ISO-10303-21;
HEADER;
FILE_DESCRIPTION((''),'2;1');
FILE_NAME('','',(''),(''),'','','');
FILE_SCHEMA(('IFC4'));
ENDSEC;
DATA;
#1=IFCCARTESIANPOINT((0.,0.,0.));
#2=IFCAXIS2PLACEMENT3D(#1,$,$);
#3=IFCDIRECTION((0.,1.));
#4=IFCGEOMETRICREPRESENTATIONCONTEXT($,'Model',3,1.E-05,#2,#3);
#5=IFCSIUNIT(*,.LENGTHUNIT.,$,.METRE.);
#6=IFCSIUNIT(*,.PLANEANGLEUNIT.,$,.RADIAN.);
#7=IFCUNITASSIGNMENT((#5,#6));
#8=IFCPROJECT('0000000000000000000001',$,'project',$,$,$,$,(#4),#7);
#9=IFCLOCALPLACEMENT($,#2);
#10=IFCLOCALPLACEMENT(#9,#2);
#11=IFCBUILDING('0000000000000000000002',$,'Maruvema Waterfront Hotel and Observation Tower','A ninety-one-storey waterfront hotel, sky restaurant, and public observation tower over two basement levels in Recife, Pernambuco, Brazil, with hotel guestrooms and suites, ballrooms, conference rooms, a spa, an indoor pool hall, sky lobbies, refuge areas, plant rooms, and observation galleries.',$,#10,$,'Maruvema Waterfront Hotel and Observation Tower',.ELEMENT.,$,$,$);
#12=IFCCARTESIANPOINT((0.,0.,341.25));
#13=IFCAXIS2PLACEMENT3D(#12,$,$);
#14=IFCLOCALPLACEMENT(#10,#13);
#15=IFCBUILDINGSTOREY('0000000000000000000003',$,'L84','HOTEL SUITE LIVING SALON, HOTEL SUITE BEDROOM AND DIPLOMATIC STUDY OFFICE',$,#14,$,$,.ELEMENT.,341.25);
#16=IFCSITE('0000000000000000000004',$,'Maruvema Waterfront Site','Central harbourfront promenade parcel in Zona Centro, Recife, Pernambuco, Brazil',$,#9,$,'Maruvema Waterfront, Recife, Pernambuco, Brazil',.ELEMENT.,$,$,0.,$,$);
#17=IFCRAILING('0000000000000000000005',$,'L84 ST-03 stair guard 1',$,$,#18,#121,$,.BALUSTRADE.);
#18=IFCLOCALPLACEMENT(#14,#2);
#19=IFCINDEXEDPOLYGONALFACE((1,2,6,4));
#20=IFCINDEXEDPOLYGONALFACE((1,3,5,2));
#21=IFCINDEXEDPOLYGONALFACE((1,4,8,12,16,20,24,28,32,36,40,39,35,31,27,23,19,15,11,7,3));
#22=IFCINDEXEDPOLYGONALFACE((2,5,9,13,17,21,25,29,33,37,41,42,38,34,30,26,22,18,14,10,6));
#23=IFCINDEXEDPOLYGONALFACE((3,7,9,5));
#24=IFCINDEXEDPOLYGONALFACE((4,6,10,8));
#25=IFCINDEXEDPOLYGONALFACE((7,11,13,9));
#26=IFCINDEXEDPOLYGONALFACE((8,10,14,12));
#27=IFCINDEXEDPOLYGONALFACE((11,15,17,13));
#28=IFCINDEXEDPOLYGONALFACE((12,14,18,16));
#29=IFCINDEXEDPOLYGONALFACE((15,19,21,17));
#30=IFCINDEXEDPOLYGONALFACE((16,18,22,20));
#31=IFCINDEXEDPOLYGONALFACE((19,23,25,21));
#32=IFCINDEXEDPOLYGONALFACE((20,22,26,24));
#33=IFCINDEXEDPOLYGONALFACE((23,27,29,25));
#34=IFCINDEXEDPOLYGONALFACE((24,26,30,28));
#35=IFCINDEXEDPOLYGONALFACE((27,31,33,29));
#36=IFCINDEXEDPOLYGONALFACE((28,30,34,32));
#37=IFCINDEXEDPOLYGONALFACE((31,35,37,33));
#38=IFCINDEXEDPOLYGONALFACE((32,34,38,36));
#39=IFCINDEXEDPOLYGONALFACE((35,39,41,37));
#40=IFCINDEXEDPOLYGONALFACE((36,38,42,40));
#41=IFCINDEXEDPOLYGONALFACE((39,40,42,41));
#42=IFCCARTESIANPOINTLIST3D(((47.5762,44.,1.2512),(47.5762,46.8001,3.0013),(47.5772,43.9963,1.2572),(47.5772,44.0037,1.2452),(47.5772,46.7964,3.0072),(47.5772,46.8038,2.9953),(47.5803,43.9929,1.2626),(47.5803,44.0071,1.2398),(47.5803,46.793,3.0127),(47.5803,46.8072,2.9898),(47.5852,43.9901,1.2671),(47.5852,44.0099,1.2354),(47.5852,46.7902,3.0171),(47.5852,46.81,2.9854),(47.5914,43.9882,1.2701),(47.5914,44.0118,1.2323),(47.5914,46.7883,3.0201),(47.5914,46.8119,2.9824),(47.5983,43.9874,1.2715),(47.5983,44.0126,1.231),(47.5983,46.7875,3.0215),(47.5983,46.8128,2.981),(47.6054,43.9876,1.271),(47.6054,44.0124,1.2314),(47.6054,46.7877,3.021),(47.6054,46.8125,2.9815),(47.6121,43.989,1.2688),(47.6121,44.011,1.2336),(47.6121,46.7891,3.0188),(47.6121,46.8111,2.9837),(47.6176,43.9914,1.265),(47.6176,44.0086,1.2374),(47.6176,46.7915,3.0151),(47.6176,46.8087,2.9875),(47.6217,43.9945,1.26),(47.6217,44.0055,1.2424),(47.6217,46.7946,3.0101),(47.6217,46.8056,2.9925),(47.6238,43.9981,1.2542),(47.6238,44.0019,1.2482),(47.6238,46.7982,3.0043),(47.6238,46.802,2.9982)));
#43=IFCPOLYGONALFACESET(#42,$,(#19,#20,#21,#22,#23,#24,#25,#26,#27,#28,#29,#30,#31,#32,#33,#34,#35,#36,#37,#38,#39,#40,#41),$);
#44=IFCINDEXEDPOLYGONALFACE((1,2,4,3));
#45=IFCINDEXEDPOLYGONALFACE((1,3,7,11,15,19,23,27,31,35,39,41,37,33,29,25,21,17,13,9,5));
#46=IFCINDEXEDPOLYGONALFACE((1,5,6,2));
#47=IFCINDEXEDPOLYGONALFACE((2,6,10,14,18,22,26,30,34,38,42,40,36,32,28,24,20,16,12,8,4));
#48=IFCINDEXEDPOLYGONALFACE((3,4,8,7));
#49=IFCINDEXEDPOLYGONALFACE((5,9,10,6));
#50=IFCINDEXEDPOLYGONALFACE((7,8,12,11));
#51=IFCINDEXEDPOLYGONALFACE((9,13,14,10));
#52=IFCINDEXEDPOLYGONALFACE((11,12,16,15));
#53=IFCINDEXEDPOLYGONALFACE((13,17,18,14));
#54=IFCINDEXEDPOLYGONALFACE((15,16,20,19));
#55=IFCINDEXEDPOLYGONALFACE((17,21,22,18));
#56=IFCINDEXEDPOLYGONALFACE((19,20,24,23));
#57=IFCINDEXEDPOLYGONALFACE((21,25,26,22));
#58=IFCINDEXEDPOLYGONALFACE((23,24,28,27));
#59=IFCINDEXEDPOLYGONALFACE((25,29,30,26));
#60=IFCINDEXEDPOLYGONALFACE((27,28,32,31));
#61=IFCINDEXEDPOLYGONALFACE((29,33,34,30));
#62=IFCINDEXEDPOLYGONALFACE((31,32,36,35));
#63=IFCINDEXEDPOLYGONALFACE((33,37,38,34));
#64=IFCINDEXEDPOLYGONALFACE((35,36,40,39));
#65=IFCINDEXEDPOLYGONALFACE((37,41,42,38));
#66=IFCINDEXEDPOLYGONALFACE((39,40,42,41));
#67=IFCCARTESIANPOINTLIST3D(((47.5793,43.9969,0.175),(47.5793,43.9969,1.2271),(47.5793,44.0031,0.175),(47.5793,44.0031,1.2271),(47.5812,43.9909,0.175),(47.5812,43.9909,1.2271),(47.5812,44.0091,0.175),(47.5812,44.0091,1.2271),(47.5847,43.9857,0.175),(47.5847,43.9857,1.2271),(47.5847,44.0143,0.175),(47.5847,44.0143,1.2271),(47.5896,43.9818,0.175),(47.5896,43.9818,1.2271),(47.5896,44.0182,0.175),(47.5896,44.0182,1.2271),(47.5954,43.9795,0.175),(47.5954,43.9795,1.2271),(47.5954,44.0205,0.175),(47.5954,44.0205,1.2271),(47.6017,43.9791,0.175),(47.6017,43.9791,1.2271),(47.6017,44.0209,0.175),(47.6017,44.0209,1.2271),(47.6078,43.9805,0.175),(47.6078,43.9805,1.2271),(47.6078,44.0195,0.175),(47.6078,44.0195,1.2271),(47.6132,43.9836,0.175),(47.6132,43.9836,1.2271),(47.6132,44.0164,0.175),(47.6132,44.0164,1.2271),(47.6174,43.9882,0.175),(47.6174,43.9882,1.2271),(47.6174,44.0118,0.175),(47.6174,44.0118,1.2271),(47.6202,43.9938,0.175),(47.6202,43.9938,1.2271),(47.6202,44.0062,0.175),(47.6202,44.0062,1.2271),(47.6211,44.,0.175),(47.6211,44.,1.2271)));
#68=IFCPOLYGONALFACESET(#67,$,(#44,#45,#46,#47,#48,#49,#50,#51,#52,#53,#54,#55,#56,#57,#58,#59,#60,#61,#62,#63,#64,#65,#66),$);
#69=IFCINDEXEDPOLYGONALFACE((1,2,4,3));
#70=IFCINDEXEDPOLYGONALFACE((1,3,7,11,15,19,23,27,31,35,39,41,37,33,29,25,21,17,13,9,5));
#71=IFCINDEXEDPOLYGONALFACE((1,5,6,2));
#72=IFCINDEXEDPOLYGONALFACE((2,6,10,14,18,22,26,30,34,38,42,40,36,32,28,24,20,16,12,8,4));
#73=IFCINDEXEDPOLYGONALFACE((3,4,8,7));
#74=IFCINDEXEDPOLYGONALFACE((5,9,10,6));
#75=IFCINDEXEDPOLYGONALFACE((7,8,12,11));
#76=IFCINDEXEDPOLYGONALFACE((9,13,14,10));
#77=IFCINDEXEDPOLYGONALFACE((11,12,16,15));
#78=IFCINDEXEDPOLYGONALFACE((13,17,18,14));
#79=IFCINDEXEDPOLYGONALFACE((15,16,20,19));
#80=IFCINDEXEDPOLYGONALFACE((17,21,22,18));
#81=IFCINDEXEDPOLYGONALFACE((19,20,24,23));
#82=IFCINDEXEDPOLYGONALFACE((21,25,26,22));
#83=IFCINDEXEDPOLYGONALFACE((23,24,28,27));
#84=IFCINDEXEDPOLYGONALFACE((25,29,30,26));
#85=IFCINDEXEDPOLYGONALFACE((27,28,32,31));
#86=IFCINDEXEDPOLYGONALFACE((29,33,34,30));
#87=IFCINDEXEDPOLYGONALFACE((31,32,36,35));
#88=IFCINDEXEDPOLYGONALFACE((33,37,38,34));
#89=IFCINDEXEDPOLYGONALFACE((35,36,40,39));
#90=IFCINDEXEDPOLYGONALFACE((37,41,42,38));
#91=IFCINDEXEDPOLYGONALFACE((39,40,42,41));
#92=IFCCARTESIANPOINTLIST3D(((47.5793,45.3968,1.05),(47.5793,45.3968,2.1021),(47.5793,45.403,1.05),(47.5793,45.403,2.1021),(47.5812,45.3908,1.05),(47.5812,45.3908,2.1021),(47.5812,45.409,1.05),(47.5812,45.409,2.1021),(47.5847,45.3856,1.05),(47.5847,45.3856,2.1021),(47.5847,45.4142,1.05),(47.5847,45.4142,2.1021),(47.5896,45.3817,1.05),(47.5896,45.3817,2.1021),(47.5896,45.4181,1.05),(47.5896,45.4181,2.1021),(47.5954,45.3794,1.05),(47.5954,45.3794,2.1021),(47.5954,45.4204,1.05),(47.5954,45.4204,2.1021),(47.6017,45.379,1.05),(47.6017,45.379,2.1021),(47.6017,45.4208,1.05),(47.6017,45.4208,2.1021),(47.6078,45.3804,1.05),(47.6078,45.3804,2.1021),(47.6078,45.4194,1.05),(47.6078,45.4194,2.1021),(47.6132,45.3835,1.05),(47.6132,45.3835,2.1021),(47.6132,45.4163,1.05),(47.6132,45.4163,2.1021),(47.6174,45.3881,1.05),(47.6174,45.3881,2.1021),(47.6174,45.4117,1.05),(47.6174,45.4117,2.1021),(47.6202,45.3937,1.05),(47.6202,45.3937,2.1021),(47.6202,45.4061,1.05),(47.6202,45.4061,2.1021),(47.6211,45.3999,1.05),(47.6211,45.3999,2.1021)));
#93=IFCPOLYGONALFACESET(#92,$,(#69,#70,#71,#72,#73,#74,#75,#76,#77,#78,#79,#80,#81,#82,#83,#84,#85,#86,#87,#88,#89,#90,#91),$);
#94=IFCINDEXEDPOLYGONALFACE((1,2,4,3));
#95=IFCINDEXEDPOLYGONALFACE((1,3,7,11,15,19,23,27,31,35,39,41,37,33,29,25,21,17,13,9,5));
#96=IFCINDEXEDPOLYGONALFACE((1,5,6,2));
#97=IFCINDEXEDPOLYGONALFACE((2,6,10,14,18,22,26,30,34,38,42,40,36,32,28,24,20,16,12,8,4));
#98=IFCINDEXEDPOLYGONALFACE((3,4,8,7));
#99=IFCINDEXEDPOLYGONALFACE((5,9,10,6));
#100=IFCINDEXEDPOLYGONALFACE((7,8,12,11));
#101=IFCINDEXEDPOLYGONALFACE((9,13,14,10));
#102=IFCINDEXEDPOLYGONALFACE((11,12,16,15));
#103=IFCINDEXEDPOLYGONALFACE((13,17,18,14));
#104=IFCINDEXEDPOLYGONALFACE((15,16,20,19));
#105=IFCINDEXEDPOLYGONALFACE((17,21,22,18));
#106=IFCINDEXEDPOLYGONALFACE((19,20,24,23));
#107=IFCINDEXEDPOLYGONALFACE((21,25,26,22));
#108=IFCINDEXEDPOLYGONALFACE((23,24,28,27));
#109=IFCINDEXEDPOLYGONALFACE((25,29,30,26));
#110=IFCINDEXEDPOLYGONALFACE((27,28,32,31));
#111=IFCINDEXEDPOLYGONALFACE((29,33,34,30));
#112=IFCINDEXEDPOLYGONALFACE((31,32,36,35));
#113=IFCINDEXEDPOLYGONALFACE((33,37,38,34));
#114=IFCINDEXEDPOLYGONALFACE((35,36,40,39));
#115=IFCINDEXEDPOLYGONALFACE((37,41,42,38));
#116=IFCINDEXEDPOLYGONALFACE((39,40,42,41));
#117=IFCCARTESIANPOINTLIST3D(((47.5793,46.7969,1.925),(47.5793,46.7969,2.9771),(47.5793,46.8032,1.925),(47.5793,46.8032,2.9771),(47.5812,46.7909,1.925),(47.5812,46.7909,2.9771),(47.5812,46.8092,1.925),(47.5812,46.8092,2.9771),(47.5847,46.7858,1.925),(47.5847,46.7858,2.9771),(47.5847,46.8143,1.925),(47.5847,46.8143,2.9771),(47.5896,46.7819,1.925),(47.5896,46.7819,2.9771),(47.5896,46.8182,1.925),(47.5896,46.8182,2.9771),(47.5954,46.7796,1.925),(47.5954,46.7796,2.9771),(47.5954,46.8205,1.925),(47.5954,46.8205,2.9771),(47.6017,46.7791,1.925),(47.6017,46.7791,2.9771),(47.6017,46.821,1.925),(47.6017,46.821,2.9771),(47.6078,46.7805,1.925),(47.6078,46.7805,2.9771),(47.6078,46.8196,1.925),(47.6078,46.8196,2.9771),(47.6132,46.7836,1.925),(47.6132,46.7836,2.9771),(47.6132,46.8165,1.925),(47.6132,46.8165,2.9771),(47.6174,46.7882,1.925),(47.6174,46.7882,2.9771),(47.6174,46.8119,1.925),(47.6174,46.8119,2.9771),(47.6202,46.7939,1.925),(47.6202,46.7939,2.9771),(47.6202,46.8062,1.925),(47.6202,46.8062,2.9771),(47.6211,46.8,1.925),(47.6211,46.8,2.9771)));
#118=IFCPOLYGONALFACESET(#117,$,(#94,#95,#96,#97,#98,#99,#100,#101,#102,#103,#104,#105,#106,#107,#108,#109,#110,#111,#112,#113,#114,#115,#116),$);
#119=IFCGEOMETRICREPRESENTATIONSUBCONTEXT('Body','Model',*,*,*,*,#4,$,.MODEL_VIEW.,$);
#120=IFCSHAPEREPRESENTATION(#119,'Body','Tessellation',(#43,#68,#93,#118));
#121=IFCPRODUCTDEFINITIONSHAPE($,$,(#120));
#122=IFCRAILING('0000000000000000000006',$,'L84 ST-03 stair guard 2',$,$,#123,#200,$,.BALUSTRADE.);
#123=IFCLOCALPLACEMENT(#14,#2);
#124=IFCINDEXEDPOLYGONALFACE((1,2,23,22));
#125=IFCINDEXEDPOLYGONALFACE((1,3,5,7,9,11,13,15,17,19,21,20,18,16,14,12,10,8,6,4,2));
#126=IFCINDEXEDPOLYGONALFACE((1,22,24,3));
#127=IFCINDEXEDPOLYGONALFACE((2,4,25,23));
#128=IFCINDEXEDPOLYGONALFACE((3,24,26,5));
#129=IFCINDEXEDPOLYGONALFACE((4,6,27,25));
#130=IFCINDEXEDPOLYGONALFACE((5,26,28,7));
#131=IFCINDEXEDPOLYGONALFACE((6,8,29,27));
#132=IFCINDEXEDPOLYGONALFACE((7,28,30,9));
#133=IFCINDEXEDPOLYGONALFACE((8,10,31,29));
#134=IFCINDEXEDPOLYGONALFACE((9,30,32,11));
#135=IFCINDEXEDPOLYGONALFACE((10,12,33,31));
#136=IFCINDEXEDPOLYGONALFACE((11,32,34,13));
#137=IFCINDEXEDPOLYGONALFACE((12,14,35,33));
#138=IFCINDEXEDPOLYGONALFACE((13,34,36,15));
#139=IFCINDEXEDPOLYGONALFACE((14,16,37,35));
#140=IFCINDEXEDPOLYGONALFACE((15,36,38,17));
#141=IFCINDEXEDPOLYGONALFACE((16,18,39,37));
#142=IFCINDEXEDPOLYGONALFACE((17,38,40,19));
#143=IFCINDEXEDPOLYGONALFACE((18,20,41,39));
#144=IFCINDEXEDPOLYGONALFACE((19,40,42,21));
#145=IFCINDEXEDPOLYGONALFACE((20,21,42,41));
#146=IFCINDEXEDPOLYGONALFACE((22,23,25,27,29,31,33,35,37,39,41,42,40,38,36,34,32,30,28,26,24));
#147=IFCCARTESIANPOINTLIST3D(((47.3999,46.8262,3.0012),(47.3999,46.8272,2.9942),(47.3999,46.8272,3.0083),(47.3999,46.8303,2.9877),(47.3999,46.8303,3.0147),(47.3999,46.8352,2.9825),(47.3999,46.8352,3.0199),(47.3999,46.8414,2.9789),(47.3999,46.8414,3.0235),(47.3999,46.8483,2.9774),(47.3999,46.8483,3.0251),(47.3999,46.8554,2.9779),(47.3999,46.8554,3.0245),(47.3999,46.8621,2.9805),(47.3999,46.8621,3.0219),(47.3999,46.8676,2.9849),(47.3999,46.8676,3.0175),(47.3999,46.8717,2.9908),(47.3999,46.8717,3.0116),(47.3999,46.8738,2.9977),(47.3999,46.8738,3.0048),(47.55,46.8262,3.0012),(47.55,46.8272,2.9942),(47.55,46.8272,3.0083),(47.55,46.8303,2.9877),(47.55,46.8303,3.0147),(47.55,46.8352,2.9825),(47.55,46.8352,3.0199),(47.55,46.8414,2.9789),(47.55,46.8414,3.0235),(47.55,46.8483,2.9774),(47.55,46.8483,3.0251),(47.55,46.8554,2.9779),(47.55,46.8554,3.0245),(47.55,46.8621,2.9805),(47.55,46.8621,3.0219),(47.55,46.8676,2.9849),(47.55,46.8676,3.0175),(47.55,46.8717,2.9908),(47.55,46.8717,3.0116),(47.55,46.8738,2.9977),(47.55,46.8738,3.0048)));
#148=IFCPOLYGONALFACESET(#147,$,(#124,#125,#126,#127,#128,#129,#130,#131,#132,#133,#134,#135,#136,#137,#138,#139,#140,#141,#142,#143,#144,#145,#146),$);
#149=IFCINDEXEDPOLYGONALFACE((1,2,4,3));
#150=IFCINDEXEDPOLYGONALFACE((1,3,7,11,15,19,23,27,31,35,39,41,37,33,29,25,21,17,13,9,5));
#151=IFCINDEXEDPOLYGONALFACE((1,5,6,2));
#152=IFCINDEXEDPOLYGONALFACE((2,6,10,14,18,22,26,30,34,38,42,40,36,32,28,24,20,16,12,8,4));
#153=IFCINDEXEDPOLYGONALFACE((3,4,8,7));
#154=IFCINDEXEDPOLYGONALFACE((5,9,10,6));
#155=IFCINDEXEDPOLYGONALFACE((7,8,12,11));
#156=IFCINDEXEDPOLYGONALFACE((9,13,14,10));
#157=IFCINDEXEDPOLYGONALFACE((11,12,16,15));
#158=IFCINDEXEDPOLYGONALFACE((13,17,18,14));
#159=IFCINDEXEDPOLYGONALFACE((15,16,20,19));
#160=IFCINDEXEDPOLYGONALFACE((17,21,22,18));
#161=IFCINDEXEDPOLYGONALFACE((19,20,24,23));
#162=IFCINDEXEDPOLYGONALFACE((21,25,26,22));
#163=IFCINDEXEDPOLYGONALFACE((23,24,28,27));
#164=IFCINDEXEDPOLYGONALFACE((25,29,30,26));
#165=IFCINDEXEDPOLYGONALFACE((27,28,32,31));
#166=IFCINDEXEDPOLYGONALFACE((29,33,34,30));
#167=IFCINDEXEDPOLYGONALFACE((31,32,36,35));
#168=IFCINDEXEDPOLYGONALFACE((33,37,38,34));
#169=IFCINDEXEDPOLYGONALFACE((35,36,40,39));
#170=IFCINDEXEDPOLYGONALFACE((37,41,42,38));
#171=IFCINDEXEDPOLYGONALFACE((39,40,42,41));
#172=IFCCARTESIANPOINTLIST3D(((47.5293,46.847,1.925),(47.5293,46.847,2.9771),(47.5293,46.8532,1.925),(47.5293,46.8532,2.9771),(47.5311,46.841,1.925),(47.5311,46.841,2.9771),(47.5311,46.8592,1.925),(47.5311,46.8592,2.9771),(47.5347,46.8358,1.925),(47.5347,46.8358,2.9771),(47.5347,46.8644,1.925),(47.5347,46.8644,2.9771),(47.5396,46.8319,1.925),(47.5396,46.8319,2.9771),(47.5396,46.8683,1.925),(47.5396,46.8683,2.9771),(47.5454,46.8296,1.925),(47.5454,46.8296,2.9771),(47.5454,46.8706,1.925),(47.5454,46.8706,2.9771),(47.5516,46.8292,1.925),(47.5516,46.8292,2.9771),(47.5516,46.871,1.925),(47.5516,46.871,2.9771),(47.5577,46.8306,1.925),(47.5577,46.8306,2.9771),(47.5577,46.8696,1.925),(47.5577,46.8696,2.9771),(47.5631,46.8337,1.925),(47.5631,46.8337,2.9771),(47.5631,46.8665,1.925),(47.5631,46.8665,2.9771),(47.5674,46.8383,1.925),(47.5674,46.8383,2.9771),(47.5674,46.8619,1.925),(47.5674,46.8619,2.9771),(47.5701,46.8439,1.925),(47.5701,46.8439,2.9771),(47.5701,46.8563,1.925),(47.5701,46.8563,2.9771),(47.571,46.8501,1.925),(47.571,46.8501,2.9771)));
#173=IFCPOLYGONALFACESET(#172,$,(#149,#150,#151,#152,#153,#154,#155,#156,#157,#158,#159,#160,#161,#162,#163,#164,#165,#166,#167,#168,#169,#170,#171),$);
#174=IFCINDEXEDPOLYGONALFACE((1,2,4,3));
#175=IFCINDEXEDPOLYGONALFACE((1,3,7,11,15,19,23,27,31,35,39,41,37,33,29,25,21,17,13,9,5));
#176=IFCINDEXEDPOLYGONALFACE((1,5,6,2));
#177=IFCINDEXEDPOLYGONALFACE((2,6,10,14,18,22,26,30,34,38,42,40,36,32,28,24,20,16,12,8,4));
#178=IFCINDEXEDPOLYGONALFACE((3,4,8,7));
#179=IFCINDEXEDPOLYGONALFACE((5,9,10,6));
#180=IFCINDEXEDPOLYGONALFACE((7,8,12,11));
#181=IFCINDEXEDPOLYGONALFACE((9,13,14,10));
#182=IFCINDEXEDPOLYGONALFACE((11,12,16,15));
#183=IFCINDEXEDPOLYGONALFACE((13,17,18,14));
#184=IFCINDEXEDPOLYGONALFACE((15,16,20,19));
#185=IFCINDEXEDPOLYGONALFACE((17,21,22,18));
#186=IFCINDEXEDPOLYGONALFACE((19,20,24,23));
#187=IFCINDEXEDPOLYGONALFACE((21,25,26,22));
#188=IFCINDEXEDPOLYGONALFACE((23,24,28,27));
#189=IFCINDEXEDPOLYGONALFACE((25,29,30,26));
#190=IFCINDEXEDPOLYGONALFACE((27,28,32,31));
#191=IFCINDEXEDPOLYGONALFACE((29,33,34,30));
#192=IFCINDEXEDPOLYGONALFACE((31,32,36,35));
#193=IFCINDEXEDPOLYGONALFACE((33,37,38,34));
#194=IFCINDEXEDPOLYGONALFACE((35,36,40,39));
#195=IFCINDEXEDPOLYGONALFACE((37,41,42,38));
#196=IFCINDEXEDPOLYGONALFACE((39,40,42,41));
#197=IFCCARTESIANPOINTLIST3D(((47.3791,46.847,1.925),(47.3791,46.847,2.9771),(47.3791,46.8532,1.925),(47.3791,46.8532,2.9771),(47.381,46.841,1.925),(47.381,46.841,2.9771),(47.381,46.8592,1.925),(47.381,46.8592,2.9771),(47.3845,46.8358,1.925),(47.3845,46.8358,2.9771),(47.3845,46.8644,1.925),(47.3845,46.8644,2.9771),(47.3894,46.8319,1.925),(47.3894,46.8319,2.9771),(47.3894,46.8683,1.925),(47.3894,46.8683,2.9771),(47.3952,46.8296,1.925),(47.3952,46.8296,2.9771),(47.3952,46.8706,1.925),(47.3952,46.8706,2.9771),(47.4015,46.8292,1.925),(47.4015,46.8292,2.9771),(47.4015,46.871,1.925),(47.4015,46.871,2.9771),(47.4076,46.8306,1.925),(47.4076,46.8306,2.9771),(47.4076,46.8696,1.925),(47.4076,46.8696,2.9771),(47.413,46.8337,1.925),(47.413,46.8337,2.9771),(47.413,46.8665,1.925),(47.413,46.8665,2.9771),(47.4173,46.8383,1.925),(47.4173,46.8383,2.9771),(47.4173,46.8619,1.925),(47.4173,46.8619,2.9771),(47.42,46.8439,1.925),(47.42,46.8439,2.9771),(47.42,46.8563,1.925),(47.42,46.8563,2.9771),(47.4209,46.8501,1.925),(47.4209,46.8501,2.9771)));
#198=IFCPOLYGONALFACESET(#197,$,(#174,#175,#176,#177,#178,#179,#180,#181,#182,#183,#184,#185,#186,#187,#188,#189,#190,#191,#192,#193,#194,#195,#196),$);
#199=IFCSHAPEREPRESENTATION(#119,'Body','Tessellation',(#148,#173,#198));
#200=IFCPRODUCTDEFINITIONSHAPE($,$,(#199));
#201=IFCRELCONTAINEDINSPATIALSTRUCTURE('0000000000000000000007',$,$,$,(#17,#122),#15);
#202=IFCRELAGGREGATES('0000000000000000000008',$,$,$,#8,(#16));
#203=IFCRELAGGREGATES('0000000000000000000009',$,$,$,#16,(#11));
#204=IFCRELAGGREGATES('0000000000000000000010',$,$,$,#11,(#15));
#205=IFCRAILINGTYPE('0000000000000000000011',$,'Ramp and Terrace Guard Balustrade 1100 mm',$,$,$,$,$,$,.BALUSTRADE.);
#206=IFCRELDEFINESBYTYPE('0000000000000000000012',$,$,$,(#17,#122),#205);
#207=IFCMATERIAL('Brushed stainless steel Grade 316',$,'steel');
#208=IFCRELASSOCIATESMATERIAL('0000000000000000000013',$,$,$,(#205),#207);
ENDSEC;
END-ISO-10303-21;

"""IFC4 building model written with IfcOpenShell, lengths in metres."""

from ifc_helpers import new_model, si_unit, direction, frame, origin, origin_2d, place, context, subcontext, project, spatial, circle, extrude, material, type_object, element, save


model = new_model("IFC4")

# Units and contexts
model_context = context("Model", 3, precision=1e-05, world=origin(), true_north=direction((0.0, 1.0)))
body_context = subcontext(model_context, "Body", "Model", "MODEL_VIEW")
ifc_project = project(units=[si_unit("LENGTHUNIT", "METRE"), si_unit("PLANEANGLEUNIT", "RADIAN")], contexts=[model_context])

# Site, building, storey
site_placement = place(None, origin())
site = spatial("IfcSite", under=ifc_project, at=site_placement, Name="Maruvema Waterfront Site", Description="Central harbourfront promenade parcel in Zona Centro, Recife, Pernambuco, Brazil", LongName="Maruvema Waterfront, Recife, Pernambuco, Brazil", CompositionType="ELEMENT", RefElevation=0.0)
building_placement = place(site_placement, origin())
building = spatial("IfcBuilding", under=site, at=building_placement, Name="Maruvema Waterfront Hotel and Observation Tower", Description="A ninety-one-storey waterfront hotel, sky restaurant, and public observation tower over two basement levels in Recife, Pernambuco, Brazil, with hotel guestrooms and suites, ballrooms, conference rooms, a spa, an indoor pool hall, sky lobbies, refuge areas, plant rooms, and observation galleries.", LongName="Maruvema Waterfront Hotel and Observation Tower", CompositionType="ELEMENT")
storey_placement = place(building_placement, frame((0.0, 0.0, 341.25)))
storey = spatial("IfcBuildingStorey", under=building, at=storey_placement, Name="L84", Description="HOTEL SUITE LIVING SALON, HOTEL SUITE BEDROOM AND DIPLOMATIC STUDY OFFICE", CompositionType="ELEMENT", Elevation=341.25)

# Railings
ifc_material_1 = material(Name="Brushed stainless steel Grade 316", Category="steel")
railing_type_1 = type_object("IfcRailingType", Name="Ramp and Terrace Guard Balustrade 1100 mm", PredefinedType="BALUSTRADE", material=ifc_material_1)
railing_1_placement = place(storey_placement, frame((47.6001, 44.0, 0.175)))
element("IfcRailing", 1, at=railing_1_placement, inside=storey, type_object=railing_type_1, Name="L84 ST-03 stair guard 1", PredefinedType="BALUSTRADE", context=body_context, shape_type="SweptSolid", body=[
    extrude(circle(Radius=0.0239, at=origin_2d()), frame((0.0, 0.0, 1.0762), z_axis=(0.0, 0.848002, 0.529992), x_axis=(-1.0, 0.0, 0.0)), (0.0, 0.0, 1.0), 3.302),
    extrude(circle(Radius=0.021, at=origin_2d()), origin(), (0.0, 0.0, 1.0), 1.052),
    extrude(circle(Radius=0.021, at=origin_2d()), frame((0.0, 1.3999, 0.875)), (0.0, 0.0, 1.0), 1.052),
    extrude(circle(Radius=0.021, at=origin_2d()), frame((0.0, 2.8, 1.75)), (0.0, 0.0, 1.0), 1.052),
])
railing_2_placement = place(storey_placement, frame((47.55, 46.8501, 1.925)))
element("IfcRailing", 2, at=railing_2_placement, inside=storey, type_object=railing_type_1, Name="L84 ST-03 stair guard 2", PredefinedType="BALUSTRADE", context=body_context, shape_type="SweptSolid", body=[
    extrude(circle(Radius=0.0239, at=origin_2d()), frame((0.0, 0.0, 1.0762), z_axis=(-1.0, 0.0, 0.0), x_axis=(0.0, -1.0, 0.0)), (0.0, 0.0, 1.0), 0.1501),
    extrude(circle(Radius=0.021, at=origin_2d()), origin(), (0.0, 0.0, 1.0), 1.052),
    extrude(circle(Radius=0.021, at=origin_2d()), frame((-0.1501, 0.0, 0.0)), (0.0, 0.0, 1.0), 1.052),
])

save(model, "model.ifc")
